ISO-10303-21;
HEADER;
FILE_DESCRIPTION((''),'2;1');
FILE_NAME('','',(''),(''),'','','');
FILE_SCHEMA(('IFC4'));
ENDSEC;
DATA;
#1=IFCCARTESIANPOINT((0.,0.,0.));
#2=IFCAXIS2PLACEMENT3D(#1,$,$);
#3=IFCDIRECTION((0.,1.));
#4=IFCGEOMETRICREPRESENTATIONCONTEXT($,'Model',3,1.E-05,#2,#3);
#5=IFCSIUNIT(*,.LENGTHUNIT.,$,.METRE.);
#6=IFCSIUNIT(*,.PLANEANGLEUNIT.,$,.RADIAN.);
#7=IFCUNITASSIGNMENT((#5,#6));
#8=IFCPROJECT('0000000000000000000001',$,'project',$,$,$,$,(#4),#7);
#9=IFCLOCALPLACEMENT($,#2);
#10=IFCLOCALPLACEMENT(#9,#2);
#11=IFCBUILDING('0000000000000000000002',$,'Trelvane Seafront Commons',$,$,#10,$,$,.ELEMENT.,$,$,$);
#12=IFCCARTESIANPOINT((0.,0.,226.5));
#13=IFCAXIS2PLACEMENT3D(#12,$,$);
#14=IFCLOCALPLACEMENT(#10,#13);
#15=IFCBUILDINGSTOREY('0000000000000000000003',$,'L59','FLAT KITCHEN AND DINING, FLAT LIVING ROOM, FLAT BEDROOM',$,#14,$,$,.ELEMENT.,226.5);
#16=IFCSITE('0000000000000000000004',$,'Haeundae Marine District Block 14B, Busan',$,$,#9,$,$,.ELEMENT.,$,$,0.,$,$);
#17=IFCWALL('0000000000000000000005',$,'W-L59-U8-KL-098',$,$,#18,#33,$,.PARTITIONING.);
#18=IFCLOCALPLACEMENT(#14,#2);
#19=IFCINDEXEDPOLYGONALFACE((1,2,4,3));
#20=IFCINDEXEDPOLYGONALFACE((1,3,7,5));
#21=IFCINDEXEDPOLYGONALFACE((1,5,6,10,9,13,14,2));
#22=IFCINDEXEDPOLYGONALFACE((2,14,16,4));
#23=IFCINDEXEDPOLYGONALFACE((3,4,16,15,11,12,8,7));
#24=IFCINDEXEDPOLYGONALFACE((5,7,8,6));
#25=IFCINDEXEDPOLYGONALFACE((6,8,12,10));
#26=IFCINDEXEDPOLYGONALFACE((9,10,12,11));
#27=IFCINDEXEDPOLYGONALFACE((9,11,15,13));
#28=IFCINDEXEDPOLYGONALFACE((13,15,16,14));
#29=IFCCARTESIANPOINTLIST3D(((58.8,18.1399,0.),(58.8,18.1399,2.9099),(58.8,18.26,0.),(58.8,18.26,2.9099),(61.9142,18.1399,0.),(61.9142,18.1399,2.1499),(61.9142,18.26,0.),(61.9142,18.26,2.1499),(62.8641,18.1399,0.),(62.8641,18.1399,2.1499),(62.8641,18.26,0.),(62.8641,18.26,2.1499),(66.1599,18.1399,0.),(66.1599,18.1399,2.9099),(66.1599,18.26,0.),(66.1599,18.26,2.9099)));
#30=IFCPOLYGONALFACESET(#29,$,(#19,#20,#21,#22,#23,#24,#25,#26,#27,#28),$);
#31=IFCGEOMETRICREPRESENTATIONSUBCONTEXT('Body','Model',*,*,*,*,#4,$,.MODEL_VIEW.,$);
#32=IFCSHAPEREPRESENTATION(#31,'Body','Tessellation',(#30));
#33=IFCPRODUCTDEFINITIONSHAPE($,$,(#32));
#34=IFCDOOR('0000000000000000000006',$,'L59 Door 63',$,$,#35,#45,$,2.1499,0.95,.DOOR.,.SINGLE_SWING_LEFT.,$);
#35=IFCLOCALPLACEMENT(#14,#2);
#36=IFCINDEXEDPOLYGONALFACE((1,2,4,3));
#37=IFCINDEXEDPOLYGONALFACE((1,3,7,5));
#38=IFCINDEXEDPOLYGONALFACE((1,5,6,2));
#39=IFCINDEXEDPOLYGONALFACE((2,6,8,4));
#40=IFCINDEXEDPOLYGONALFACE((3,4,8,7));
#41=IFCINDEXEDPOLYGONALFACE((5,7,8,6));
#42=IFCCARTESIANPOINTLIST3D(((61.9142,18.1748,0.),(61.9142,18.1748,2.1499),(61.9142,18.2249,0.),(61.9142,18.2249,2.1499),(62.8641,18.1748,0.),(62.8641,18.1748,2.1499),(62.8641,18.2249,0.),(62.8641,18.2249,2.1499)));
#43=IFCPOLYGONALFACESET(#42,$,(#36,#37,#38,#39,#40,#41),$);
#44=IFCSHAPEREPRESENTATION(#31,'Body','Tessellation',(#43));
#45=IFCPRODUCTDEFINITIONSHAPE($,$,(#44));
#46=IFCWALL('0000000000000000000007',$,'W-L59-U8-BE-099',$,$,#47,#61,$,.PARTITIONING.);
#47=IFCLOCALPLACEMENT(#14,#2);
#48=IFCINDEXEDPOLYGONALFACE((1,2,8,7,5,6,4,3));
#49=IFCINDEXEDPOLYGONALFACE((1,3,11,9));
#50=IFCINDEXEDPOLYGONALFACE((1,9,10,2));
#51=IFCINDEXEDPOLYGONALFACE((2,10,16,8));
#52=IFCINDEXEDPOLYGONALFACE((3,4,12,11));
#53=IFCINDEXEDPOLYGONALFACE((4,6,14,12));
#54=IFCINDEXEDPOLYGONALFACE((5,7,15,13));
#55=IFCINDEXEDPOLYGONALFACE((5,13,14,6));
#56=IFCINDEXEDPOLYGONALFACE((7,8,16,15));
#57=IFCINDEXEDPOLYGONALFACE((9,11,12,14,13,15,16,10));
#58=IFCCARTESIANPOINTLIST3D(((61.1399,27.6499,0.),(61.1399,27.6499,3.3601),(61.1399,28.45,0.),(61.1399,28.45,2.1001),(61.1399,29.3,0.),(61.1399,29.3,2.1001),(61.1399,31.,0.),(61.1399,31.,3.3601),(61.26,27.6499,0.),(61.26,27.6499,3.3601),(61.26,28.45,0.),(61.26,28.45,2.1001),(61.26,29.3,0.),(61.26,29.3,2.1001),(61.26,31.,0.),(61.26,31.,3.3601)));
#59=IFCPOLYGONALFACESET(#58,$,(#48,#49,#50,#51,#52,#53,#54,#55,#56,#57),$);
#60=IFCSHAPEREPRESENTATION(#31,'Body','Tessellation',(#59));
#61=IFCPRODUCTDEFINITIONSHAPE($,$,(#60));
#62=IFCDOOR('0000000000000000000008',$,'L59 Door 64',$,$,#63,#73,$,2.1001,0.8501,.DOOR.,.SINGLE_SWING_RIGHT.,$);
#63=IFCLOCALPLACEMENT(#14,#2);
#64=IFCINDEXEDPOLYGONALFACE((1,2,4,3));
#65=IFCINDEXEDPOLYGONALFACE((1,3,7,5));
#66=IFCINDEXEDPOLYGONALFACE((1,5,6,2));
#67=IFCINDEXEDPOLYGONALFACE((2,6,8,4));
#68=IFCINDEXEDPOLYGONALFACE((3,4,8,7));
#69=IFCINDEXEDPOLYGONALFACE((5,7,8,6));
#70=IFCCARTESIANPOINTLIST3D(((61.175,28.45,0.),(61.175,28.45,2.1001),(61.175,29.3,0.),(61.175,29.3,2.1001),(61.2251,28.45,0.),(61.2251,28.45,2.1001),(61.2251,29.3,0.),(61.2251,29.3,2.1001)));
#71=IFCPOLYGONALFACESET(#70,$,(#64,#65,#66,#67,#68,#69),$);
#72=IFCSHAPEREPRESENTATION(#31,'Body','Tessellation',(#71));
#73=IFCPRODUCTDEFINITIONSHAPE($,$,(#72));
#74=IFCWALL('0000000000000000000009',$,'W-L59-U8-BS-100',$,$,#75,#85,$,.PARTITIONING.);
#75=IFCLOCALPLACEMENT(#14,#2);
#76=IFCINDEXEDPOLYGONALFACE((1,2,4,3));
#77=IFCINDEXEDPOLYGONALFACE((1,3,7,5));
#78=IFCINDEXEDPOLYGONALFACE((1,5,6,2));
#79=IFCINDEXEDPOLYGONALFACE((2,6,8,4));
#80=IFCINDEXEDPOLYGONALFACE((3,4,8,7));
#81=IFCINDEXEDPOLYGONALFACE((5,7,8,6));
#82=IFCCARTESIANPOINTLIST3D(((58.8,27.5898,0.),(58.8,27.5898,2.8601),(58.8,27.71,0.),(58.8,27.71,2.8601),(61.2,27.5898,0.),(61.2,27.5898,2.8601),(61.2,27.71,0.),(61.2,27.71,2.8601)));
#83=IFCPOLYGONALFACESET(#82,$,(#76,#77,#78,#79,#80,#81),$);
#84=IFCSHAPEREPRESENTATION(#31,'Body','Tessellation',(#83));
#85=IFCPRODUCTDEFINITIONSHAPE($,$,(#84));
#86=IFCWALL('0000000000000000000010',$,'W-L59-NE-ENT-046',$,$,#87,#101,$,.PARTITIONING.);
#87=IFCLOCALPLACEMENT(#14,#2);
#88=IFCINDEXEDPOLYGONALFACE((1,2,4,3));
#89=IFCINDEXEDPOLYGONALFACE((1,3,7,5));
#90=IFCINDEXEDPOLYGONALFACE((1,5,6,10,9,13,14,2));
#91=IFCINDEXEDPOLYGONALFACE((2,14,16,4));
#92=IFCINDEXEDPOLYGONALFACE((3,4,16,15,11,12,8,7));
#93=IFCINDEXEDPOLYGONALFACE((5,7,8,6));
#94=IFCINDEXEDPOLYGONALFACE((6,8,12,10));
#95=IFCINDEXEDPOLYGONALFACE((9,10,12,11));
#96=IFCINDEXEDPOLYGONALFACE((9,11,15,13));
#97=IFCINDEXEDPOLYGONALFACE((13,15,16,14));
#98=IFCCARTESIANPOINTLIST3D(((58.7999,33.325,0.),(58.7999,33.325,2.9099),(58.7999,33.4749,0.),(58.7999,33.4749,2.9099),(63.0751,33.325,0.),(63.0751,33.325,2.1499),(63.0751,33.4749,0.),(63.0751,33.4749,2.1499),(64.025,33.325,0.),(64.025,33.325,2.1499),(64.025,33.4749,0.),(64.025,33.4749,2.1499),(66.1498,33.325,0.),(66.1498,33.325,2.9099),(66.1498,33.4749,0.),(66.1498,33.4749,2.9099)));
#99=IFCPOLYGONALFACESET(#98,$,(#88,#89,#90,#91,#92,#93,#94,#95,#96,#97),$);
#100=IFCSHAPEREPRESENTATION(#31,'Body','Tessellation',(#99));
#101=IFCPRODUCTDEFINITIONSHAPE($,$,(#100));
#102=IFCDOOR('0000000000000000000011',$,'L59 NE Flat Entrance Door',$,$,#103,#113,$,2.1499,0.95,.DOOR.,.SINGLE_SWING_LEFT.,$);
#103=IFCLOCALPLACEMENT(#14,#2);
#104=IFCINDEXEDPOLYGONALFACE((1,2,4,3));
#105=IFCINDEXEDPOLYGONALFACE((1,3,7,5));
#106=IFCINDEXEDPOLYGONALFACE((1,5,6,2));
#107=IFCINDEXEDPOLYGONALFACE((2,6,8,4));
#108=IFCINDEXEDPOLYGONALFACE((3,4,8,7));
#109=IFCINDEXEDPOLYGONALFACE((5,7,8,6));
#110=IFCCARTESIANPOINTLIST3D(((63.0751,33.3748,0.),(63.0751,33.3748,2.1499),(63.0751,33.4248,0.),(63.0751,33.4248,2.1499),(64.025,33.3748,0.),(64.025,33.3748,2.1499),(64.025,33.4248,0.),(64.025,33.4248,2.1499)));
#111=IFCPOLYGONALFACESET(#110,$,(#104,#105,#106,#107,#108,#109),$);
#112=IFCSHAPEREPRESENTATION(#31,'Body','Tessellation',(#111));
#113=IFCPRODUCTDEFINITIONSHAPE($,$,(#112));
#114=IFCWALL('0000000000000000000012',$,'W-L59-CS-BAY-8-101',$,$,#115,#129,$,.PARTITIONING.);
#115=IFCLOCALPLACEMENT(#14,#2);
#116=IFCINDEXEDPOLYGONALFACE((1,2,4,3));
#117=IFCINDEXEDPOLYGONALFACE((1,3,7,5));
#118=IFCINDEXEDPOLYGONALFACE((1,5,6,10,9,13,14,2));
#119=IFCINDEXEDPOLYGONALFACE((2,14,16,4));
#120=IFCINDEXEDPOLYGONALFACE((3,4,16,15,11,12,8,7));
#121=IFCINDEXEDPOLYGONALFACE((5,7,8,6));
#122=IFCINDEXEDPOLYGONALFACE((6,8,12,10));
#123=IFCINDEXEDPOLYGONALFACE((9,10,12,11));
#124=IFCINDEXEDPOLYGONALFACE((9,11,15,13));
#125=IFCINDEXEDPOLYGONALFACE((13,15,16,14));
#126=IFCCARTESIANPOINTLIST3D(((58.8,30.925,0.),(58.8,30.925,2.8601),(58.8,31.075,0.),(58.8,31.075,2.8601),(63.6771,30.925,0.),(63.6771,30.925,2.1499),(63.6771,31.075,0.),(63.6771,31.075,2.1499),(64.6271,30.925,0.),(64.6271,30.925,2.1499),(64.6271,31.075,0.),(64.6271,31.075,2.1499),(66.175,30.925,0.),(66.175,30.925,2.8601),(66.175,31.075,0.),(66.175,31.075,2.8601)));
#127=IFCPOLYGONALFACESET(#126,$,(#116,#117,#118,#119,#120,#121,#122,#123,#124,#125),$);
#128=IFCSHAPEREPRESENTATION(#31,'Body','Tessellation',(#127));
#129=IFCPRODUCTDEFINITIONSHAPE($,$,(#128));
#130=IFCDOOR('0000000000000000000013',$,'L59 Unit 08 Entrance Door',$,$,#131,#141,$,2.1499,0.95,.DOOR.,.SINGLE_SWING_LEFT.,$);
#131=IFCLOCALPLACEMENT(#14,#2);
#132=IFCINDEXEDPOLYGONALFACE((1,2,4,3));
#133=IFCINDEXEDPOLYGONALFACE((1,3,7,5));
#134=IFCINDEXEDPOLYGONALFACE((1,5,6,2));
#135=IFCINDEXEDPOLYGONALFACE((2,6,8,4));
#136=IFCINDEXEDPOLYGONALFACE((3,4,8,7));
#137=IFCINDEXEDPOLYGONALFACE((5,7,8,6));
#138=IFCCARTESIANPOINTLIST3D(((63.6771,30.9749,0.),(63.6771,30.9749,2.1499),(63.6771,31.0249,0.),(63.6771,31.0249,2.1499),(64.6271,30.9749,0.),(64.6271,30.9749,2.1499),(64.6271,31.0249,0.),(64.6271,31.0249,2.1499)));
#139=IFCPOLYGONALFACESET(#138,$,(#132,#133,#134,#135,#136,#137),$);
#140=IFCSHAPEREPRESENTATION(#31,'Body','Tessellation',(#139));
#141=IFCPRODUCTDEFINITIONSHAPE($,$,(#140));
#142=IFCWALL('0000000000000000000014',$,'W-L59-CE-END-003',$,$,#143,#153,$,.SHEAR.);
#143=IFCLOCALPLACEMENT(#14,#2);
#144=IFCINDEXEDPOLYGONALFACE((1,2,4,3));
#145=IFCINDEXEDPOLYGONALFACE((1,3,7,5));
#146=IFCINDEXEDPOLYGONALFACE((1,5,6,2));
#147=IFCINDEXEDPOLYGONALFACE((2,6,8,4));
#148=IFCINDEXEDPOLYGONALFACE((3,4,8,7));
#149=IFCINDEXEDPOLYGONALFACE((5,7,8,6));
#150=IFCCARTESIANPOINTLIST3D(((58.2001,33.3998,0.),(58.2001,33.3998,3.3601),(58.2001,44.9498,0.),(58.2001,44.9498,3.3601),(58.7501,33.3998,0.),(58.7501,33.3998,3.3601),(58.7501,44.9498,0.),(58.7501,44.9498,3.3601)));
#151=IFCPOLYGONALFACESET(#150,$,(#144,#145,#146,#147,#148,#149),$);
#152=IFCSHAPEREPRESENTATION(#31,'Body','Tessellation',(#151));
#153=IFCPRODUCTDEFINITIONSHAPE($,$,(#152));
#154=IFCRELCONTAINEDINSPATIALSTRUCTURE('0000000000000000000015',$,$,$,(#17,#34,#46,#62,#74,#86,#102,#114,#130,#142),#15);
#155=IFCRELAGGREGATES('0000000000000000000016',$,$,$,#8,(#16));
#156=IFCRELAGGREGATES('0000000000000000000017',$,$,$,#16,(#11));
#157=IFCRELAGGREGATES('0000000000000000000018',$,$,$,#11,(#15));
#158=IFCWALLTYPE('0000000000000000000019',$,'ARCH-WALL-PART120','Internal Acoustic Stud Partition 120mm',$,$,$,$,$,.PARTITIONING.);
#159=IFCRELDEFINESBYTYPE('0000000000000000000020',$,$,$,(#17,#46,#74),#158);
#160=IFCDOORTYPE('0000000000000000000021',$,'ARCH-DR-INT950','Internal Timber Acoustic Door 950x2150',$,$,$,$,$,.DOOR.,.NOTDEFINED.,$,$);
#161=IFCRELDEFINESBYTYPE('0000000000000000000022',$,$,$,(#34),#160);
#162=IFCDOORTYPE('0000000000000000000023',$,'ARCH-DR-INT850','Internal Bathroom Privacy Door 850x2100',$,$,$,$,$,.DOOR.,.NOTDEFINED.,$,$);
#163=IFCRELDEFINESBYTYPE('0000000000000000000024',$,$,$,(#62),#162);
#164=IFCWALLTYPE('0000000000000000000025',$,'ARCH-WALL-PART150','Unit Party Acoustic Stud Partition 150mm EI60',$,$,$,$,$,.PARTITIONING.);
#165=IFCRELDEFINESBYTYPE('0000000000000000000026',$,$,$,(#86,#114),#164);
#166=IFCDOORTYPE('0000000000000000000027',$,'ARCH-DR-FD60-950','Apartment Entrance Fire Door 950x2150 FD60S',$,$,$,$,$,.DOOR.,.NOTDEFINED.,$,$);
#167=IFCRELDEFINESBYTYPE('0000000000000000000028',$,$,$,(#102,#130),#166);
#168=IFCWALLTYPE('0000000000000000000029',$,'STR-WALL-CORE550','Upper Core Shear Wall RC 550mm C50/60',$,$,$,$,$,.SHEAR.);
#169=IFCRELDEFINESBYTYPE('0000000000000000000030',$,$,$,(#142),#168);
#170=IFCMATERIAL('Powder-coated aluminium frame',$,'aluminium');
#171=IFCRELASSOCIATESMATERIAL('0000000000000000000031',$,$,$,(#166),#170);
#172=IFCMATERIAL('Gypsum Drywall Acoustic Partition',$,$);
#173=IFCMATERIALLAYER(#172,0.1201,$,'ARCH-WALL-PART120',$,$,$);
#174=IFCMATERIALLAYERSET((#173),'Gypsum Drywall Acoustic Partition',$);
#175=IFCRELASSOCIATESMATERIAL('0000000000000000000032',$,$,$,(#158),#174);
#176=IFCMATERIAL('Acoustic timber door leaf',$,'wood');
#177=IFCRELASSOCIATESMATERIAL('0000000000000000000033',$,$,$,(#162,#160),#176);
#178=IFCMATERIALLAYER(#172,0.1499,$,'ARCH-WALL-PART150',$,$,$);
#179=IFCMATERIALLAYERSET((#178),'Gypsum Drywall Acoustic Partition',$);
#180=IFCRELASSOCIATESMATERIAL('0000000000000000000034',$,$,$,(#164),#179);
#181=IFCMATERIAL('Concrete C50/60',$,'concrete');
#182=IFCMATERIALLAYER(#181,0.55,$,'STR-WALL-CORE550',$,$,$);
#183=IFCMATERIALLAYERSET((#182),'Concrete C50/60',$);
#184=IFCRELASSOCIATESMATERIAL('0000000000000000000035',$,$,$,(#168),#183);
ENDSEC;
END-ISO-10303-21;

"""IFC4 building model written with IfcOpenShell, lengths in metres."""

from ifc_helpers import new_model, si_unit, direction, frame, frame_2d, origin, place, context, subcontext, project, spatial, rectangle, extrude, source, transform, mapped, material, layer, layer_set, type_object, element, fill, save


model = new_model("IFC4")

# Units and contexts
model_context = context("Model", 3, precision=1e-05, world=origin(), true_north=direction((0.0, 1.0)))
body_context = subcontext(model_context, "Body", "Model", "MODEL_VIEW")
ifc_project = project(units=[si_unit("LENGTHUNIT", "METRE"), si_unit("PLANEANGLEUNIT", "RADIAN")], contexts=[model_context])

# Site, building, storey
site_placement = place(None, origin())
site = spatial("IfcSite", under=ifc_project, at=site_placement, Name="Haeundae Marine District Block 14B, Busan", CompositionType="ELEMENT", RefElevation=0.0)
building_placement = place(site_placement, origin())
building = spatial("IfcBuilding", under=site, at=building_placement, Name="Trelvane Seafront Commons", CompositionType="ELEMENT")
storey_placement = place(building_placement, frame((0.0, 0.0, 226.5)))
storey = spatial("IfcBuildingStorey", under=building, at=storey_placement, Name="L59", Description="FLAT KITCHEN AND DINING, FLAT LIVING ROOM, FLAT BEDROOM", CompositionType="ELEMENT", Elevation=226.5)

# Shared definitions
ifc_material_1 = material(Name="Concrete C50/60", Category="concrete")

# Walls, openings, doors
ifc_material_2 = material(Name="Powder-coated aluminium frame", Category="aluminium")
door_type_1 = type_object("IfcDoorType", Name="ARCH-DR-FD60-950", Description="Apartment Entrance Fire Door 950x2150 FD60S", OperationType="NOTDEFINED", PredefinedType="DOOR", material=ifc_material_2)
shared_shape_1 = source(origin(), body_context, "Body", "SweptSolid", [
    extrude(rectangle(XDim=0.95, YDim=2.1499, at=frame_2d((0.4751, 1.075))), frame((0.0, 0.0249, 0.0), z_axis=(0.0, -1.0, 0.0), x_axis=(1.0, 0.0, 0.0)), (0.0, 0.0, 1.0), 0.05),
])
ifc_material_3 = material(Name="Gypsum Drywall Acoustic Partition")
ifc_layer_1 = layer(ifc_material_3, 0.1201, Name="ARCH-WALL-PART120")
ifc_layer_set_1 = layer_set([ifc_layer_1], Name="Gypsum Drywall Acoustic Partition")
wall_type_1 = type_object("IfcWallType", Name="ARCH-WALL-PART120", Description="Internal Acoustic Stud Partition 120mm", PredefinedType="PARTITIONING", material=ifc_layer_set_1)
ifc_material_4 = material(Name="Acoustic timber door leaf", Category="wood")
door_type_2 = type_object("IfcDoorType", Name="ARCH-DR-INT850", Description="Internal Bathroom Privacy Door 850x2100", OperationType="NOTDEFINED", PredefinedType="DOOR", material=ifc_material_4)
shared_shape_2 = source(origin(), body_context, "Body", "SweptSolid", [
    extrude(rectangle(XDim=0.8501, YDim=2.1001, at=frame_2d((0.425, 1.05))), frame((0.0, 0.0249, 0.0), z_axis=(0.0, -1.0, 0.0), x_axis=(1.0, 0.0, 0.0)), (0.0, 0.0, 1.0), 0.05),
])
wall_1_placement = place(storey_placement, frame((58.8, 18.2, 0.0), z_axis=(0.0, 0.0, 1.0), x_axis=(1.0, 0.0, 0.0)))
wall_1 = element("IfcWall", 1, at=wall_1_placement, inside=storey, type_object=wall_type_1, Name="W-L59-U8-KL-098", PredefinedType="PARTITIONING", context=body_context, shape_type="SweptSolid", body=[
    extrude(rectangle(XDim=7.3599, YDim=0.1201, at=frame_2d((3.6799, 0.0))), origin(), (0.0, 0.0, 1.0), 2.9099),
])
opening_1_placement = place(wall_1_placement, frame((3.114, 0.0, 0.0)))
opening_1 = element("IfcOpeningElement", 2, at=opening_1_placement, cuts=wall_1, PredefinedType="OPENING", context=body_context, shape_type="SweptSolid", body=[
    extrude(rectangle(XDim=0.95, YDim=2.1499, at=frame_2d((0.4751, 1.075))), frame((0.0, 0.0701, 0.0), z_axis=(0.0, -1.0, 0.0), x_axis=(1.0, 0.0, 0.0)), (0.0, 0.0, 1.0), 0.1401),
])
door_type_3 = type_object("IfcDoorType", Name="ARCH-DR-INT950", Description="Internal Timber Acoustic Door 950x2150", OperationType="NOTDEFINED", PredefinedType="DOOR", material=ifc_material_4)
door_1_placement = place(opening_1_placement, origin())
door_1 = element("IfcDoor", 3, at=door_1_placement, inside=storey, type_object=door_type_3, Name="L59 Door 63", OperationType="SINGLE_SWING_LEFT", OverallHeight=2.1499, OverallWidth=0.95, PredefinedType="DOOR", context=body_context, shape_type="MappedRepresentation", body=[
    mapped(shared_shape_1, transform((0.0, 0.0, 0.0), x_axis=(1.0, 0.0, 0.0), y_axis=(0.0, 1.0, 0.0), z_axis=(0.0, 0.0, 1.0), scale=1.0)),
])
fill(opening_1, door_1)
wall_2_placement = place(storey_placement, frame((61.2, 27.6499, 0.0), z_axis=(0.0, 0.0, 1.0), x_axis=(0.0, 1.0, 0.0)))
wall_2 = element("IfcWall", 4, at=wall_2_placement, inside=storey, type_object=wall_type_1, Name="W-L59-U8-BE-099", PredefinedType="PARTITIONING", context=body_context, shape_type="SweptSolid", body=[
    extrude(rectangle(XDim=3.3501, YDim=0.1201, at=frame_2d((1.675, 0.0))), origin(), (0.0, 0.0, 1.0), 3.3601),
])
opening_2_placement = place(wall_2_placement, frame((0.8, 0.0, 0.0)))
opening_2 = element("IfcOpeningElement", 5, at=opening_2_placement, cuts=wall_2, PredefinedType="OPENING", context=body_context, shape_type="SweptSolid", body=[
    extrude(rectangle(XDim=0.8501, YDim=2.1001, at=frame_2d((0.425, 1.05))), frame((0.0, 0.0701, 0.0), z_axis=(0.0, -1.0, 0.0), x_axis=(1.0, 0.0, 0.0)), (0.0, 0.0, 1.0), 0.1401),
])
door_2_placement = place(opening_2_placement, origin())
door_2 = element("IfcDoor", 6, at=door_2_placement, inside=storey, type_object=door_type_2, Name="L59 Door 64", OperationType="SINGLE_SWING_RIGHT", OverallHeight=2.1001, OverallWidth=0.8501, PredefinedType="DOOR", context=body_context, shape_type="MappedRepresentation", body=[
    mapped(shared_shape_2, transform((0.0, 0.0, 0.0), x_axis=(1.0, 0.0, 0.0), y_axis=(0.0, 1.0, 0.0), z_axis=(0.0, 0.0, 1.0), scale=1.0)),
])
fill(opening_2, door_2)

# Wall
wall_3_placement = place(storey_placement, frame((58.8, 27.6499, 0.0), z_axis=(0.0, 0.0, 1.0), x_axis=(1.0, 0.0, 0.0)))
element("IfcWall", 7, at=wall_3_placement, inside=storey, type_object=wall_type_1, Name="W-L59-U8-BS-100", PredefinedType="PARTITIONING", context=body_context, shape_type="SweptSolid", body=[
    extrude(rectangle(XDim=2.3999, YDim=0.1201, at=frame_2d((1.2, 0.0))), origin(), (0.0, 0.0, 1.0), 2.8601),
])

# Walls, openings, doors
ifc_layer_2 = layer(ifc_material_3, 0.1499, Name="ARCH-WALL-PART150")
ifc_layer_set_2 = layer_set([ifc_layer_2], Name="Gypsum Drywall Acoustic Partition")
wall_type_2 = type_object("IfcWallType", Name="ARCH-WALL-PART150", Description="Unit Party Acoustic Stud Partition 150mm EI60", PredefinedType="PARTITIONING", material=ifc_layer_set_2)
wall_4_placement = place(storey_placement, frame((58.8, 33.3999, 0.0), z_axis=(0.0, 0.0, 1.0), x_axis=(1.0, 0.0, 0.0)))
wall_4 = element("IfcWall", 8, at=wall_4_placement, inside=storey, type_object=wall_type_2, Name="W-L59-NE-ENT-046", PredefinedType="PARTITIONING", context=body_context, shape_type="SweptSolid", body=[
    extrude(rectangle(XDim=7.3499, YDim=0.1499, at=frame_2d((3.6748, 0.0))), origin(), (0.0, 0.0, 1.0), 2.9099),
])
opening_3_placement = place(wall_4_placement, frame((4.2749, 0.0, 0.0)))
opening_3 = element("IfcOpeningElement", 9, at=opening_3_placement, cuts=wall_4, PredefinedType="OPENING", context=body_context, shape_type="SweptSolid", body=[
    extrude(rectangle(XDim=0.95, YDim=2.1499, at=frame_2d((0.4751, 1.075))), frame((0.0, 0.085, 0.0), z_axis=(0.0, -1.0, 0.0), x_axis=(1.0, 0.0, 0.0)), (0.0, 0.0, 1.0), 0.1699),
])
door_3_placement = place(opening_3_placement, origin())
door_3 = element("IfcDoor", 10, at=door_3_placement, inside=storey, type_object=door_type_1, Name="L59 NE Flat Entrance Door", OperationType="SINGLE_SWING_LEFT", OverallHeight=2.1499, OverallWidth=0.95, PredefinedType="DOOR", context=body_context, shape_type="MappedRepresentation", body=[
    mapped(shared_shape_1, transform((0.0, 0.0, 0.0), x_axis=(1.0, 0.0, 0.0), y_axis=(0.0, 1.0, 0.0), z_axis=(0.0, 0.0, 1.0), scale=1.0)),
])
fill(opening_3, door_3)
wall_5_placement = place(storey_placement, frame((58.8, 31.0, 0.0), z_axis=(0.0, 0.0, 1.0), x_axis=(1.0, 0.0, 0.0)))
wall_5 = element("IfcWall", 11, at=wall_5_placement, inside=storey, type_object=wall_type_2, Name="W-L59-CS-BAY-8-101", PredefinedType="PARTITIONING", context=body_context, shape_type="SweptSolid", body=[
    extrude(rectangle(XDim=7.375, YDim=0.1499, at=frame_2d((3.6875, 0.0))), origin(), (0.0, 0.0, 1.0), 2.8601),
])
opening_4_placement = place(wall_5_placement, frame((4.877, 0.0, 0.0)))
opening_4 = element("IfcOpeningElement", 12, at=opening_4_placement, cuts=wall_5, PredefinedType="OPENING", context=body_context, shape_type="SweptSolid", body=[
    extrude(rectangle(XDim=0.95, YDim=2.1499, at=frame_2d((0.4751, 1.075))), frame((0.0, 0.085, 0.0), z_axis=(0.0, -1.0, 0.0), x_axis=(1.0, 0.0, 0.0)), (0.0, 0.0, 1.0), 0.1699),
])
door_4_placement = place(opening_4_placement, origin())
door_4 = element("IfcDoor", 13, at=door_4_placement, inside=storey, type_object=door_type_1, Name="L59 Unit 08 Entrance Door", OperationType="SINGLE_SWING_LEFT", OverallHeight=2.1499, OverallWidth=0.95, PredefinedType="DOOR", context=body_context, shape_type="MappedRepresentation", body=[
    mapped(shared_shape_1, transform((0.0, 0.0, 0.0), x_axis=(1.0, 0.0, 0.0), y_axis=(0.0, 1.0, 0.0), z_axis=(0.0, 0.0, 1.0), scale=1.0)),
])
fill(opening_4, door_4)

# Wall
ifc_layer_3 = layer(ifc_material_1, 0.55, Name="STR-WALL-CORE550")
ifc_layer_set_3 = layer_set([ifc_layer_3], Name="Concrete C50/60")
wall_type_3 = type_object("IfcWallType", Name="STR-WALL-CORE550", Description="Upper Core Shear Wall RC 550mm C50/60", PredefinedType="SHEAR", material=ifc_layer_set_3)
wall_6_placement = place(storey_placement, frame((58.4751, 33.3999, 0.0), z_axis=(0.0, 0.0, 1.0), x_axis=(0.0, 1.0, 0.0)))
element("IfcWall", 14, at=wall_6_placement, inside=storey, type_object=wall_type_3, Name="W-L59-CE-END-003", PredefinedType="SHEAR", context=body_context, shape_type="SweptSolid", body=[
    extrude(rectangle(XDim=11.55, YDim=0.55, at=frame_2d((5.7749, 0.0))), origin(), (0.0, 0.0, 1.0), 3.3601),
])

save(model, "model.ifc")
